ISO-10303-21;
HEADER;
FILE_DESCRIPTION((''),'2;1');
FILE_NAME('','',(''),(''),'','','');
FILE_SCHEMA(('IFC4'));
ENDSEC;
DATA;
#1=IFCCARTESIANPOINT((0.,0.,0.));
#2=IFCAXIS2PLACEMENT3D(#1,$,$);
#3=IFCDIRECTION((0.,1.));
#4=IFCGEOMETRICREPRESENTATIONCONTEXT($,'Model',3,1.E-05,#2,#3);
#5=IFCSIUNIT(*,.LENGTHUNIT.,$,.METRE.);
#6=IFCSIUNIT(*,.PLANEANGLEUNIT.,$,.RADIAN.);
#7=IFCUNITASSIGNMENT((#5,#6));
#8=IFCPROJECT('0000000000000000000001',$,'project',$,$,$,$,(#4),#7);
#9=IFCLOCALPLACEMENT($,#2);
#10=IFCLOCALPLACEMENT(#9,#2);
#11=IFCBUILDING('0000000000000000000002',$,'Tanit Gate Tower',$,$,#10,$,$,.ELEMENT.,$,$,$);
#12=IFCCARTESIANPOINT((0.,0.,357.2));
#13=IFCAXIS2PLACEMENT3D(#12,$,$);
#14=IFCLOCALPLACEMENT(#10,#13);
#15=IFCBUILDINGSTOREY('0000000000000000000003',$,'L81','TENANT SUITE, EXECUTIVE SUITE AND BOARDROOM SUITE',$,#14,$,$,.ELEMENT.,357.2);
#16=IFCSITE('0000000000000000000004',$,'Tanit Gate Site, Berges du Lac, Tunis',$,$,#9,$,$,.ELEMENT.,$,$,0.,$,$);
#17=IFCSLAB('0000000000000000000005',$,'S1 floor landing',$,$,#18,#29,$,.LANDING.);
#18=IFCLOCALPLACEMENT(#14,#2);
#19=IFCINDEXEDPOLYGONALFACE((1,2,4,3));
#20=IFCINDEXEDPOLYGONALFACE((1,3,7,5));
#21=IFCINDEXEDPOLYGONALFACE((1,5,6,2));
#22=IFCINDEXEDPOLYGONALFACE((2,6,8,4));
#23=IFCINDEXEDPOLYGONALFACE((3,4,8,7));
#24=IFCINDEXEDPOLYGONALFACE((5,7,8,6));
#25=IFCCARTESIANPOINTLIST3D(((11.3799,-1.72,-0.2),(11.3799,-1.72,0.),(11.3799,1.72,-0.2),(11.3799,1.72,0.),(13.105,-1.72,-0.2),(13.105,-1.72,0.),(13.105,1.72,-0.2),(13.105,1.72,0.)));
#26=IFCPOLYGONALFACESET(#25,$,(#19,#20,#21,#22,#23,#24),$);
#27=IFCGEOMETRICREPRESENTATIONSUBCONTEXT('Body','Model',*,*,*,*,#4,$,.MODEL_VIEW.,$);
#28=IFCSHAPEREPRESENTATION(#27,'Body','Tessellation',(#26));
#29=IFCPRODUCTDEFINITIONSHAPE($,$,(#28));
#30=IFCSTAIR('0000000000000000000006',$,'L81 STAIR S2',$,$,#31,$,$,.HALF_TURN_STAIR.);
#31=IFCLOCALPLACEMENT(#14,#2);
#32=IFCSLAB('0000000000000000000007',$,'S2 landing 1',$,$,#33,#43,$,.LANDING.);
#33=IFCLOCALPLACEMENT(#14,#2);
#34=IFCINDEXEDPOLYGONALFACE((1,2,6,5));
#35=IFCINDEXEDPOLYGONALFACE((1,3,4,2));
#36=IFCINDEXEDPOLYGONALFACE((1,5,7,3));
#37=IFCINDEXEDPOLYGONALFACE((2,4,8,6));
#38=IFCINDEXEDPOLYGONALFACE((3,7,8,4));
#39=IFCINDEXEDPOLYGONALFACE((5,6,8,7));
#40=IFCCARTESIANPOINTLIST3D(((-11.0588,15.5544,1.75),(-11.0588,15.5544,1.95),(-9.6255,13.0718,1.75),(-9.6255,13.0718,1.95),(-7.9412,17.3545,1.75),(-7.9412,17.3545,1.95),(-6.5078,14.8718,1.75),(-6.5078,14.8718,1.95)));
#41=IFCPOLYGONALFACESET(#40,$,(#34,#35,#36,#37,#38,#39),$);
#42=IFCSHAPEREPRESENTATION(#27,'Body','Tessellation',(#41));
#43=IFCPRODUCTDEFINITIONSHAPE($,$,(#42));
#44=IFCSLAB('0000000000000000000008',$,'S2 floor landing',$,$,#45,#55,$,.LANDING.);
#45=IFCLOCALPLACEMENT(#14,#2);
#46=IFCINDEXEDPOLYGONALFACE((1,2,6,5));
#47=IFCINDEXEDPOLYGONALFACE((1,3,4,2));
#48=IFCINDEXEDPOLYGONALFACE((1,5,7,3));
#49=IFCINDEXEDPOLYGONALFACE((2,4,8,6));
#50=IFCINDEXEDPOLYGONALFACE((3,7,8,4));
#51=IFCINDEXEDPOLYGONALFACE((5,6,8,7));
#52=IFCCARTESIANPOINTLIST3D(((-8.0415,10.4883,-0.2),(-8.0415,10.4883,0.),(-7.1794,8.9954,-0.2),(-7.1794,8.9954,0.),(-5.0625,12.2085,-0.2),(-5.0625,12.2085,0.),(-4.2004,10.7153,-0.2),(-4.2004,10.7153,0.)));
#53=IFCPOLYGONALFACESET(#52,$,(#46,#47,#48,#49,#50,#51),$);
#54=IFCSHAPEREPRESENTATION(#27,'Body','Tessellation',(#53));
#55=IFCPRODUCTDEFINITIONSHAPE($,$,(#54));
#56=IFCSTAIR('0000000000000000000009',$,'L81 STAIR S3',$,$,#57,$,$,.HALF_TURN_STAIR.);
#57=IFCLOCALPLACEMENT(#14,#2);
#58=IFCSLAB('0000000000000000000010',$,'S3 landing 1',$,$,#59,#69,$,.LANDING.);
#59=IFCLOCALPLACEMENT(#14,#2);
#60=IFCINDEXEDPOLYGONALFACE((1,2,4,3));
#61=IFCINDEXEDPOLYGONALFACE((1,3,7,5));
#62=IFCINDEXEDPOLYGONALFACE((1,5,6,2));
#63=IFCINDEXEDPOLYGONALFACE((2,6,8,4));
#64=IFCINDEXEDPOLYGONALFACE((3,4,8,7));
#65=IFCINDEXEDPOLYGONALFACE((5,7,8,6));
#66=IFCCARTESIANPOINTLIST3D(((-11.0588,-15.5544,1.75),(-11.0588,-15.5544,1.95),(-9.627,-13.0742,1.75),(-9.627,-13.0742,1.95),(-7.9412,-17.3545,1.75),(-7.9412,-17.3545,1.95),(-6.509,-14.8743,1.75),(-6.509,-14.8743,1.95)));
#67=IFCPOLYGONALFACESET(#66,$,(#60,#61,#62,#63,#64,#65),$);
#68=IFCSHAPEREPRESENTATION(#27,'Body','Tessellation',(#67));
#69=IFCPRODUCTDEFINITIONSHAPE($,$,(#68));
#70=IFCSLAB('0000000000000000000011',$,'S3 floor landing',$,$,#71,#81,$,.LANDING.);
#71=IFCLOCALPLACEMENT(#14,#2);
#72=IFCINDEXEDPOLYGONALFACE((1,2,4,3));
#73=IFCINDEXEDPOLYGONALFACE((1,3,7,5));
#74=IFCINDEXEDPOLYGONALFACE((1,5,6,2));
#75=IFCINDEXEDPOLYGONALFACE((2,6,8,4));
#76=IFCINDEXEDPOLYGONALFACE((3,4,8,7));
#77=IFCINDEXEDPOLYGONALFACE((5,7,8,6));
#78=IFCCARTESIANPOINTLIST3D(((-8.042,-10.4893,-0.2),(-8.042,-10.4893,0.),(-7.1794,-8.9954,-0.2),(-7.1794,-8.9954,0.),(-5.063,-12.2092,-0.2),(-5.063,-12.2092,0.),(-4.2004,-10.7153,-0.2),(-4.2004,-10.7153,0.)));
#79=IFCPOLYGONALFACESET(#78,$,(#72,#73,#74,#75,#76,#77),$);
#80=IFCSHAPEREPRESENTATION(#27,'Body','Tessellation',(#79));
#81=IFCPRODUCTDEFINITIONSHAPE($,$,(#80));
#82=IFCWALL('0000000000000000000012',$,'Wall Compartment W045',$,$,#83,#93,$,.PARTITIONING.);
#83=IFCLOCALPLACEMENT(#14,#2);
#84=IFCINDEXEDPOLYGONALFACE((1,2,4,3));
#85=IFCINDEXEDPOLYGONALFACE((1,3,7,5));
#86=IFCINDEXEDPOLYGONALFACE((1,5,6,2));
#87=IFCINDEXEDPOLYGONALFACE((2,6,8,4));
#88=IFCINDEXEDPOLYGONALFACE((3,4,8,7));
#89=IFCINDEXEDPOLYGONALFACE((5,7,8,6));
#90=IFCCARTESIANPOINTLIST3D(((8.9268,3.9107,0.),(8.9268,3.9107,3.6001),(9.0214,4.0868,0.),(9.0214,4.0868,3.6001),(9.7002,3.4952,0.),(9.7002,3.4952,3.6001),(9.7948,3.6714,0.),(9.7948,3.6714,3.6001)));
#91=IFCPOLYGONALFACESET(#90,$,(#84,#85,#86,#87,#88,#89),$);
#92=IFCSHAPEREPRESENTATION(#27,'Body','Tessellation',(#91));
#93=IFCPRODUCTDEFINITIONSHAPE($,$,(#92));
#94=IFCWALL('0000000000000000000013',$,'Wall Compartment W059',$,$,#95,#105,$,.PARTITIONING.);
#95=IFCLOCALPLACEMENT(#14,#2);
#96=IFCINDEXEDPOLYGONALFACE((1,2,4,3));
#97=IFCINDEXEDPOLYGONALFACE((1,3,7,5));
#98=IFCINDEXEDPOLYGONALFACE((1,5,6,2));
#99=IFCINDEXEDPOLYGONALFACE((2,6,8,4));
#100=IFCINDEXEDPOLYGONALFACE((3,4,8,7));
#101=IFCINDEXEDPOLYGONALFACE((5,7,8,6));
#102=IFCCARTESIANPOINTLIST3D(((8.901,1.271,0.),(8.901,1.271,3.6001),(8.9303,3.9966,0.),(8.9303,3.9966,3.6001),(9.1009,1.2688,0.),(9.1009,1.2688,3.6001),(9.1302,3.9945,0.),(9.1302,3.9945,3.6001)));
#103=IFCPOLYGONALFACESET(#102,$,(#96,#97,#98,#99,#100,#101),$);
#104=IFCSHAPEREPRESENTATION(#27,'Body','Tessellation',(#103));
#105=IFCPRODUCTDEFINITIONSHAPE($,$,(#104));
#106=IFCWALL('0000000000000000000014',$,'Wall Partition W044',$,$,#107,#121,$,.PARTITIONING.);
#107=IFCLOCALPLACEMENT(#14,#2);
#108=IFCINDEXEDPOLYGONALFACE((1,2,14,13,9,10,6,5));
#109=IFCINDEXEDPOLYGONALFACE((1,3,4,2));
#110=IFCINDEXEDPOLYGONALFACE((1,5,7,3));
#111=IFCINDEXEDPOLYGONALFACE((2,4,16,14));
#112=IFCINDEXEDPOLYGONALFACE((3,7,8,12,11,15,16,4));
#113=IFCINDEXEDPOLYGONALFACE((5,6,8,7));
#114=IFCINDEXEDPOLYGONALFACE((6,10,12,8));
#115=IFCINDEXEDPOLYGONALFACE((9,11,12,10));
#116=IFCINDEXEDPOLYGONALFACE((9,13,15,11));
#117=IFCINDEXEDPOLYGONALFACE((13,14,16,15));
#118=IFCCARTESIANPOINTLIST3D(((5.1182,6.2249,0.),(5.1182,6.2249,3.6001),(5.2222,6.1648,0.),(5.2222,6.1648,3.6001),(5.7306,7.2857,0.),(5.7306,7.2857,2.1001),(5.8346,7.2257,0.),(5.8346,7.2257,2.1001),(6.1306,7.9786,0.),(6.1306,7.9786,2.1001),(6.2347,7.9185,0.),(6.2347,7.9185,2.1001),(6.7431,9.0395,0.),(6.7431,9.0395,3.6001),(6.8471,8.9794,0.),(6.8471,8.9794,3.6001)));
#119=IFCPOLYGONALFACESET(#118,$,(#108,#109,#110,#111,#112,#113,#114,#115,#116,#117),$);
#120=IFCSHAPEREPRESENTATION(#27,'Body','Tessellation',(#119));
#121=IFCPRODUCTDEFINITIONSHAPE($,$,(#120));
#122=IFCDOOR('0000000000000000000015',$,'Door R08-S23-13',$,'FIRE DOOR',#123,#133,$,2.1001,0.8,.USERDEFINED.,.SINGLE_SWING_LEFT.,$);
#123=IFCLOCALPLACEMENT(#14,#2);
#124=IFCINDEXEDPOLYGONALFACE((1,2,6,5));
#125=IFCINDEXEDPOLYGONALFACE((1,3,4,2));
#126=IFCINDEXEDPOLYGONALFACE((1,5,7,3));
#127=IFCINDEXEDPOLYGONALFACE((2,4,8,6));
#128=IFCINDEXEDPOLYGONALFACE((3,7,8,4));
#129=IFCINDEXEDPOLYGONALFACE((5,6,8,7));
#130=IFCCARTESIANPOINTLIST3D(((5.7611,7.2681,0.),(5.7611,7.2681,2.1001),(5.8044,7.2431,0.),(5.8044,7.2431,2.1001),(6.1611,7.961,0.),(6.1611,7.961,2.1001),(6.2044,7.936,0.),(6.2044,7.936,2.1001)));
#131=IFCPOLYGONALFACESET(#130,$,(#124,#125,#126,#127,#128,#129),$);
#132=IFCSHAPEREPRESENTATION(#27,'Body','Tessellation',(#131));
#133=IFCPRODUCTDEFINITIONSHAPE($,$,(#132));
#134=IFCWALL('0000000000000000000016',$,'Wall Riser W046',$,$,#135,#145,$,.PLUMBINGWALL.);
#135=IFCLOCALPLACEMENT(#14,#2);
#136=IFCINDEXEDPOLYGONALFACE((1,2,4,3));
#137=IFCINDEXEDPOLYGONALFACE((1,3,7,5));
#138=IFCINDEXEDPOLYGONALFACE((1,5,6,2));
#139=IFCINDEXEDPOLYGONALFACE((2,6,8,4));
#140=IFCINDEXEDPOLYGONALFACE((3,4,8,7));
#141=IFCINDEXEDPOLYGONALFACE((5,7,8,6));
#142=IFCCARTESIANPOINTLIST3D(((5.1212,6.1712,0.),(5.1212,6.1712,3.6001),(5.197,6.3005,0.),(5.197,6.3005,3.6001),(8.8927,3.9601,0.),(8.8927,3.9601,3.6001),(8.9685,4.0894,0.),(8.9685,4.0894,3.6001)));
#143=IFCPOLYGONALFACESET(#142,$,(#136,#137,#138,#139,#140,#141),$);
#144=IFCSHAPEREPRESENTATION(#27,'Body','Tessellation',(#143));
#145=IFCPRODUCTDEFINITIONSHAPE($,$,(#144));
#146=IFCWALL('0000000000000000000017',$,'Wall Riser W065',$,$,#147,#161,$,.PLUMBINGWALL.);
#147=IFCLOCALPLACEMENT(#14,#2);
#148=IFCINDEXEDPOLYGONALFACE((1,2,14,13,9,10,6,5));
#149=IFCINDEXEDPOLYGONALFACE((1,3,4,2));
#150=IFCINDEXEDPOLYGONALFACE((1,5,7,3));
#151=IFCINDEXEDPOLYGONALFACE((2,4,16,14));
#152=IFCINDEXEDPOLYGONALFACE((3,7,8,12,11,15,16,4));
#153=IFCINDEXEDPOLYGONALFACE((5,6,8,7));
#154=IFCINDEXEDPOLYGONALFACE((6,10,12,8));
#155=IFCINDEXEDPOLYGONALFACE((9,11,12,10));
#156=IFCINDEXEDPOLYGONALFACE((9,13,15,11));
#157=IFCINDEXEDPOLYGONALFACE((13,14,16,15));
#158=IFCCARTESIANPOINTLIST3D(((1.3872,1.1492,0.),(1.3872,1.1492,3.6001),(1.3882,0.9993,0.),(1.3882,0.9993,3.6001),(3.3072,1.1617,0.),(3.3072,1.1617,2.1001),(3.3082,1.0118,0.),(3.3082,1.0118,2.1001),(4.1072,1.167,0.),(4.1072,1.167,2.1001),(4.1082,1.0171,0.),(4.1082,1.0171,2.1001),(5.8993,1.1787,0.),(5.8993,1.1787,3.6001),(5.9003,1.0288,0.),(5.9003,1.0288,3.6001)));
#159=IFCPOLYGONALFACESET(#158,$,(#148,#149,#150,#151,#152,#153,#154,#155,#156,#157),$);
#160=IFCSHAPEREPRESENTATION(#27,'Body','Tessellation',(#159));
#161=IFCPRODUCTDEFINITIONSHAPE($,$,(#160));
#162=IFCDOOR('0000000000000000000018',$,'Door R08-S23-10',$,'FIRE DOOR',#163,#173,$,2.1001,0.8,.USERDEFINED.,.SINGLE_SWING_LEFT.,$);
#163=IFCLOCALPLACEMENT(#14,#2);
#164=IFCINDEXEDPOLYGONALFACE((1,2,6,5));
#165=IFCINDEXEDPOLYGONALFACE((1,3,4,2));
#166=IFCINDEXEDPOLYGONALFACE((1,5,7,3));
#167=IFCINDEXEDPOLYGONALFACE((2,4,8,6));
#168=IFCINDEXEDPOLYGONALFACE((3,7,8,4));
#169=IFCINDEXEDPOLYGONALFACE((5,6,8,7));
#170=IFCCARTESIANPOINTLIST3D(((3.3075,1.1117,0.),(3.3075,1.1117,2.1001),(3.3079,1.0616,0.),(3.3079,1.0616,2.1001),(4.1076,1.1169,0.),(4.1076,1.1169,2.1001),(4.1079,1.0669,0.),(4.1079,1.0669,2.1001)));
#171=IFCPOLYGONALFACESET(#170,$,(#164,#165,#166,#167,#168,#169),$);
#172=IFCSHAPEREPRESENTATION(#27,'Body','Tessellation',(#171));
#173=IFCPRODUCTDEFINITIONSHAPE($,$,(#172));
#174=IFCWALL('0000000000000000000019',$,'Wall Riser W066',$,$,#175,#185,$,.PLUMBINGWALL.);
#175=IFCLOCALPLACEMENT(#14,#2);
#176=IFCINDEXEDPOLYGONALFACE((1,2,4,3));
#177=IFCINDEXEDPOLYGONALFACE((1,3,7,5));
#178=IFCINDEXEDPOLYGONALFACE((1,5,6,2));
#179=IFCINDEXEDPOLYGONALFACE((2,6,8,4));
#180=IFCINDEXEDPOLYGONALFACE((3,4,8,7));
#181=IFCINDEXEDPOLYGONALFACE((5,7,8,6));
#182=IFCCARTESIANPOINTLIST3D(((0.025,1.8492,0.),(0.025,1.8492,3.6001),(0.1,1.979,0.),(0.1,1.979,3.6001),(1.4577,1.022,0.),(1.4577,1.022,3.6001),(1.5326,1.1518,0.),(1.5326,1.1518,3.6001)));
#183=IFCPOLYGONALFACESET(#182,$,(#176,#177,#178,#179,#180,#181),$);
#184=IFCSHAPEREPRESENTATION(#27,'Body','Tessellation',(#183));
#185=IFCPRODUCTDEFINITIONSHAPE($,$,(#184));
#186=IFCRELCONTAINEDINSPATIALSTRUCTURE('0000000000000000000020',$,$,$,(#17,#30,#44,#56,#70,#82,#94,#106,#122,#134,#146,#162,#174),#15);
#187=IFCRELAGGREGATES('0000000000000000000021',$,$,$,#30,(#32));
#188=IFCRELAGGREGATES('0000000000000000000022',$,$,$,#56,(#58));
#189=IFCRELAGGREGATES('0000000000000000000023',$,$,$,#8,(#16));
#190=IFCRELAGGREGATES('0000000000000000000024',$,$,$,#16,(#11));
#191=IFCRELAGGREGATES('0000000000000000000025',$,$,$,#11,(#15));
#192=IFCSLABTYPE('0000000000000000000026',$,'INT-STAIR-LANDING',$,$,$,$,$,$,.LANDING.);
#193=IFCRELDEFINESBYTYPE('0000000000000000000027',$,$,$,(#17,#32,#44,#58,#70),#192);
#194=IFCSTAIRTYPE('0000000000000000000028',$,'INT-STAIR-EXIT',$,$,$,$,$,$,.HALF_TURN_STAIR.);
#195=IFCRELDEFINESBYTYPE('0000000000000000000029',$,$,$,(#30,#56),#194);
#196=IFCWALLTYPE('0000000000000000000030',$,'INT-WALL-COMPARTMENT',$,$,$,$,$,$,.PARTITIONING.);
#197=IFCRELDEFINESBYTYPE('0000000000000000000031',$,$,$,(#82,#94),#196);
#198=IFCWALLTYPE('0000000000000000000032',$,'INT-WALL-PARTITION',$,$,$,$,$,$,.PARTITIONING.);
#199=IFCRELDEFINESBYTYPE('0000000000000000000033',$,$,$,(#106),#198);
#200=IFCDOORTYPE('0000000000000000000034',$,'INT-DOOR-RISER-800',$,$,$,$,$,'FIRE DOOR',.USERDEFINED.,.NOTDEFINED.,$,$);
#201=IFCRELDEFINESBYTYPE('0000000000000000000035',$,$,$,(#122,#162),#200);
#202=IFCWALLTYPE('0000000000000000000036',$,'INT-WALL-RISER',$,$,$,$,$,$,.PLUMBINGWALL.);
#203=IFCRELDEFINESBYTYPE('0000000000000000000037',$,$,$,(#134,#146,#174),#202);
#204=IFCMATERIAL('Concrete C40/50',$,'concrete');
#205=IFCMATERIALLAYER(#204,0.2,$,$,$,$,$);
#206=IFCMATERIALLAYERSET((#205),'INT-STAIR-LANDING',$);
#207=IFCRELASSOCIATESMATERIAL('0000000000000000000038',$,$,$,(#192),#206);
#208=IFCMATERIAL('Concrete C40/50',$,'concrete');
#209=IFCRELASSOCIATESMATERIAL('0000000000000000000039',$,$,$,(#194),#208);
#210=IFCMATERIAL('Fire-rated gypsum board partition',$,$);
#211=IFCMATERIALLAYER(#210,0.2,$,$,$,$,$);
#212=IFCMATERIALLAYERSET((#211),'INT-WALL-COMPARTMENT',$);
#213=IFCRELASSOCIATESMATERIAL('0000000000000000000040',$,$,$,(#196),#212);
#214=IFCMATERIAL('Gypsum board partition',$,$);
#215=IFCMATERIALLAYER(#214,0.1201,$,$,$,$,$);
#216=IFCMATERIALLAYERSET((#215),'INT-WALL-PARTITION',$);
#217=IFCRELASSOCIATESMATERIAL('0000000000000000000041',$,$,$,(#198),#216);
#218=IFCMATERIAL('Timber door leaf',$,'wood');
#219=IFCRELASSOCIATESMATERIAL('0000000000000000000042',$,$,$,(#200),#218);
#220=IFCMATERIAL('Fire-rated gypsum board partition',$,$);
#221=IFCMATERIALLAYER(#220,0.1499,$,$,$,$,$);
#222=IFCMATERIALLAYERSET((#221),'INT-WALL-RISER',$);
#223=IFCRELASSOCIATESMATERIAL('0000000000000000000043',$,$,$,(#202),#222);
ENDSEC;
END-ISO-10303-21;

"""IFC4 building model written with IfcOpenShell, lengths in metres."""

from ifc_helpers import new_model, si_unit, direction, frame, frame_2d, origin, place, context, subcontext, project, spatial, polyline, rectangle, outline, extrude, material, layer, layer_set, type_object, element, fill, aggregate, save


model = new_model("IFC4")

# Units and contexts
model_context = context("Model", 3, precision=1e-05, world=origin(), true_north=direction((0.0, 1.0)))
body_context = subcontext(model_context, "Body", "Model", "MODEL_VIEW")
ifc_project = project(units=[si_unit("LENGTHUNIT", "METRE"), si_unit("PLANEANGLEUNIT", "RADIAN")], contexts=[model_context])

# Site, building, storey
site_placement = place(None, origin())
site = spatial("IfcSite", under=ifc_project, at=site_placement, Name="Tanit Gate Site, Berges du Lac, Tunis", CompositionType="ELEMENT", RefElevation=0.0)
building_placement = place(site_placement, origin())
building = spatial("IfcBuilding", under=site, at=building_placement, Name="Tanit Gate Tower", CompositionType="ELEMENT")
storey_placement = place(building_placement, frame((0.0, 0.0, 357.2)))
storey = spatial("IfcBuildingStorey", under=building, at=storey_placement, Name="L81", Description="TENANT SUITE, EXECUTIVE SUITE AND BOARDROOM SUITE", CompositionType="ELEMENT", Elevation=357.2)

# Slab
ifc_material_1 = material(Name="Concrete C40/50", Category="concrete")
ifc_layer_1 = layer(ifc_material_1, 0.2)
ifc_layer_set_1 = layer_set([ifc_layer_1], Name="INT-STAIR-LANDING")
slab_type = type_object("IfcSlabType", Name="INT-STAIR-LANDING", PredefinedType="LANDING", material=ifc_layer_set_1)
slab_1_placement = place(storey_placement, frame((0.0, 0.0, -0.2)))
element("IfcSlab", 1, at=slab_1_placement, inside=storey, type_object=slab_type, Name="S1 floor landing", PredefinedType="LANDING", context=body_context, shape_type="SweptSolid", body=[
    extrude(outline(polyline([(11.3799, -1.72), (13.105, -1.72), (13.105, 1.72), (11.3799, 1.72), (11.3799, -1.72)])), origin(), (0.0, 0.0, 1.0), 0.2),
])

# Stair, slab
ifc_material_2 = material(Name="Concrete C40/50", Category="concrete")
stair_type = type_object("IfcStairType", Name="INT-STAIR-EXIT", PredefinedType="HALF_TURN_STAIR", material=ifc_material_2)
stair_1_placement = place(storey_placement, origin())
stair_1 = element("IfcStair", 2, at=stair_1_placement, inside=storey, type_object=stair_type, Name="L81 STAIR S2", PredefinedType="HALF_TURN_STAIR")
slab_2_placement = place(storey_placement, frame((0.0, 0.0, 1.75)))
slab_2 = element("IfcSlab", 3, at=slab_2_placement, type_object=slab_type, Name="S2 landing 1", PredefinedType="LANDING", context=body_context, shape_type="SweptSolid", body=[
    extrude(outline(polyline([(-6.5078, 14.8718), (-7.9412, 17.3545), (-11.0588, 15.5544), (-9.6255, 13.0718), (-6.5078, 14.8718)])), origin(), (0.0, 0.0, 1.0), 0.2),
])
aggregate(stair_1, [slab_2])

# Slab
slab_3_placement = place(storey_placement, frame((0.0, 0.0, -0.2)))
element("IfcSlab", 4, at=slab_3_placement, inside=storey, type_object=slab_type, Name="S2 floor landing", PredefinedType="LANDING", context=body_context, shape_type="SweptSolid", body=[
    extrude(outline(polyline([(-4.2004, 10.7153), (-5.0625, 12.2085), (-8.0415, 10.4883), (-7.1794, 8.9954), (-4.2004, 10.7153)])), origin(), (0.0, 0.0, 1.0), 0.2),
])

# Stair, slab
stair_2_placement = place(storey_placement, origin())
stair_2 = element("IfcStair", 5, at=stair_2_placement, inside=storey, type_object=stair_type, Name="L81 STAIR S3", PredefinedType="HALF_TURN_STAIR")
slab_4_placement = place(storey_placement, frame((0.0, 0.0, 1.75)))
slab_4 = element("IfcSlab", 6, at=slab_4_placement, type_object=slab_type, Name="S3 landing 1", PredefinedType="LANDING", context=body_context, shape_type="SweptSolid", body=[
    extrude(outline(polyline([(-9.627, -13.0742), (-11.0588, -15.5544), (-7.9412, -17.3545), (-6.509, -14.8743), (-9.627, -13.0742)])), origin(), (0.0, 0.0, 1.0), 0.2),
])
aggregate(stair_2, [slab_4])

# Slab
slab_5_placement = place(storey_placement, frame((0.0, 0.0, -0.2)))
element("IfcSlab", 7, at=slab_5_placement, inside=storey, type_object=slab_type, Name="S3 floor landing", PredefinedType="LANDING", context=body_context, shape_type="SweptSolid", body=[
    extrude(outline(polyline([(-7.1794, -8.9954), (-8.042, -10.4893), (-5.063, -12.2092), (-4.2004, -10.7153), (-7.1794, -8.9954)])), origin(), (0.0, 0.0, 1.0), 0.2),
])

# Walls
ifc_material_3 = material(Name="Fire-rated gypsum board partition")
ifc_layer_2 = layer(ifc_material_3, 0.2)
ifc_layer_set_2 = layer_set([ifc_layer_2], Name="INT-WALL-COMPARTMENT")
wall_type_1 = type_object("IfcWallType", Name="INT-WALL-COMPARTMENT", PredefinedType="PARTITIONING", material=ifc_layer_set_2)
wall_1_placement = place(storey_placement, frame((8.9741, 3.9988, 0.0), z_axis=(0.0, 0.0, 1.0), x_axis=(0.880917, -0.473271, 0.0)))
element("IfcWall", 8, at=wall_1_placement, inside=storey, type_object=wall_type_1, Name="Wall Compartment W045", PredefinedType="PARTITIONING", context=body_context, shape_type="SweptSolid", body=[
    extrude(rectangle(XDim=0.8779, YDim=0.2, at=frame_2d((0.439, 0.0))), origin(), (0.0, 0.0, 1.0), 3.6001),
])
wall_2_placement = place(storey_placement, frame((9.001, 1.27, 0.0), z_axis=(0.0, 0.0, 1.0), x_axis=(0.010748, 0.999942, 0.0)))
element("IfcWall", 9, at=wall_2_placement, inside=storey, type_object=wall_type_1, Name="Wall Compartment W059", PredefinedType="PARTITIONING", context=body_context, shape_type="SweptSolid", body=[
    extrude(rectangle(XDim=2.7258, YDim=0.2, at=frame_2d((1.3628, 0.0))), origin(), (0.0, 0.0, 1.0), 3.6001),
])

# Wall, opening, door
ifc_material_4 = material(Name="Gypsum board partition")
ifc_layer_3 = layer(ifc_material_4, 0.1201)
ifc_layer_set_3 = layer_set([ifc_layer_3], Name="INT-WALL-PARTITION")
wall_type_2 = type_object("IfcWallType", Name="INT-WALL-PARTITION", PredefinedType="PARTITIONING", material=ifc_layer_set_3)
wall_3_placement = place(storey_placement, frame((5.1702, 6.1948, 0.0), z_axis=(0.0, 0.0, 1.0), x_axis=(0.499985, 0.866034, 0.0)))
wall_3 = element("IfcWall", 10, at=wall_3_placement, inside=storey, type_object=wall_type_2, Name="Wall Partition W044", PredefinedType="PARTITIONING", context=body_context, shape_type="SweptSolid", body=[
    extrude(rectangle(XDim=3.25, YDim=0.1201, at=frame_2d((1.625, 0.0))), origin(), (0.0, 0.0, 1.0), 3.6001),
])
opening_1_placement = place(wall_3_placement, frame((1.2251, 0.0, 0.0)))
opening_1 = element("IfcOpeningElement", 11, at=opening_1_placement, cuts=wall_3, PredefinedType="OPENING", context=body_context, shape_type="SweptSolid", body=[
    extrude(rectangle(XDim=0.8, YDim=2.1001, at=frame_2d((0.3999, 1.05))), frame((0.0, 0.0701, 0.0), z_axis=(0.0, -1.0, 0.0), x_axis=(1.0, 0.0, 0.0)), (0.0, 0.0, 1.0), 0.1401),
])
ifc_material_5 = material(Name="Timber door leaf", Category="wood")
door_type_1 = type_object("IfcDoorType", Name="INT-DOOR-RISER-800", ElementType="FIRE DOOR", OperationType="NOTDEFINED", PredefinedType="USERDEFINED", material=ifc_material_5)
door_1_placement = place(opening_1_placement, origin())
door_1 = element("IfcDoor", 12, at=door_1_placement, inside=storey, type_object=door_type_1, Name="Door R08-S23-13", ObjectType="FIRE DOOR", OperationType="SINGLE_SWING_LEFT", OverallHeight=2.1001, OverallWidth=0.8, PredefinedType="USERDEFINED", context=body_context, shape_type="SweptSolid", body=[
    extrude(rectangle(XDim=0.8, YDim=2.1001, at=frame_2d((0.3999, 1.05))), frame((0.0, 0.0249, 0.0), z_axis=(0.0, -1.0, 0.0), x_axis=(1.0, 0.0, 0.0)), (0.0, 0.0, 1.0), 0.05),
])
fill(opening_1, door_1)

# Wall
ifc_material_6 = material(Name="Fire-rated gypsum board partition")
ifc_layer_4 = layer(ifc_material_6, 0.1499)
ifc_layer_set_4 = layer_set([ifc_layer_4], Name="INT-WALL-RISER")
wall_type_3 = type_object("IfcWallType", Name="INT-WALL-RISER", PredefinedType="PLUMBINGWALL", material=ifc_layer_set_4)
wall_4_placement = place(storey_placement, frame((8.9307, 4.0247, 0.0), z_axis=(0.0, 0.0, 1.0), x_axis=(-0.862667, 0.505773, 0.0)))
element("IfcWall", 13, at=wall_4_placement, inside=storey, type_object=wall_type_3, Name="Wall Riser W046", PredefinedType="PLUMBINGWALL", context=body_context, shape_type="SweptSolid", body=[
    extrude(rectangle(XDim=4.3718, YDim=0.1499, at=frame_2d((2.186, 0.0))), origin(), (0.0, 0.0, 1.0), 3.6001),
])

# Wall, opening, door
wall_5_placement = place(storey_placement, frame((1.3877, 1.0742, 0.0), z_axis=(0.0, 0.0, 1.0), x_axis=(0.999979, 0.006547, 0.0)))
wall_5 = element("IfcWall", 14, at=wall_5_placement, inside=storey, type_object=wall_type_3, Name="Wall Riser W065", PredefinedType="PLUMBINGWALL", context=body_context, shape_type="SweptSolid", body=[
    extrude(rectangle(XDim=4.5122, YDim=0.1499, at=frame_2d((2.2561, 0.0))), origin(), (0.0, 0.0, 1.0), 3.6001),
])
opening_2_placement = place(wall_5_placement, frame((1.9202, 0.0, 0.0)))
opening_2 = element("IfcOpeningElement", 15, at=opening_2_placement, cuts=wall_5, PredefinedType="OPENING", context=body_context, shape_type="SweptSolid", body=[
    extrude(rectangle(XDim=0.8, YDim=2.1001, at=frame_2d((0.3999, 1.05))), frame((0.0, 0.085, 0.0), z_axis=(0.0, -1.0, 0.0), x_axis=(1.0, 0.0, 0.0)), (0.0, 0.0, 1.0), 0.1699),
])
door_2_placement = place(opening_2_placement, origin())
door_2 = element("IfcDoor", 16, at=door_2_placement, inside=storey, type_object=door_type_1, Name="Door R08-S23-10", ObjectType="FIRE DOOR", OperationType="SINGLE_SWING_LEFT", OverallHeight=2.1001, OverallWidth=0.8, PredefinedType="USERDEFINED", context=body_context, shape_type="SweptSolid", body=[
    extrude(rectangle(XDim=0.8, YDim=2.1001, at=frame_2d((0.3999, 1.05))), frame((0.0, 0.0249, 0.0), z_axis=(0.0, -1.0, 0.0), x_axis=(1.0, 0.0, 0.0)), (0.0, 0.0, 1.0), 0.05),
])
fill(opening_2, door_2)

# Wall
wall_6_placement = place(storey_placement, frame((0.0625, 1.9141, 0.0), z_axis=(0.0, 0.0, 1.0), x_axis=(0.866018, -0.500012, 0.0)))
element("IfcWall", 17, at=wall_6_placement, inside=storey, type_object=wall_type_3, Name="Wall Riser W066", PredefinedType="PLUMBINGWALL", context=body_context, shape_type="SweptSolid", body=[
    extrude(rectangle(XDim=1.6543, YDim=0.1499, at=frame_2d((0.8271, 0.0))), origin(), (0.0, 0.0, 1.0), 3.6001),
])

save(model, "model.ifc")
